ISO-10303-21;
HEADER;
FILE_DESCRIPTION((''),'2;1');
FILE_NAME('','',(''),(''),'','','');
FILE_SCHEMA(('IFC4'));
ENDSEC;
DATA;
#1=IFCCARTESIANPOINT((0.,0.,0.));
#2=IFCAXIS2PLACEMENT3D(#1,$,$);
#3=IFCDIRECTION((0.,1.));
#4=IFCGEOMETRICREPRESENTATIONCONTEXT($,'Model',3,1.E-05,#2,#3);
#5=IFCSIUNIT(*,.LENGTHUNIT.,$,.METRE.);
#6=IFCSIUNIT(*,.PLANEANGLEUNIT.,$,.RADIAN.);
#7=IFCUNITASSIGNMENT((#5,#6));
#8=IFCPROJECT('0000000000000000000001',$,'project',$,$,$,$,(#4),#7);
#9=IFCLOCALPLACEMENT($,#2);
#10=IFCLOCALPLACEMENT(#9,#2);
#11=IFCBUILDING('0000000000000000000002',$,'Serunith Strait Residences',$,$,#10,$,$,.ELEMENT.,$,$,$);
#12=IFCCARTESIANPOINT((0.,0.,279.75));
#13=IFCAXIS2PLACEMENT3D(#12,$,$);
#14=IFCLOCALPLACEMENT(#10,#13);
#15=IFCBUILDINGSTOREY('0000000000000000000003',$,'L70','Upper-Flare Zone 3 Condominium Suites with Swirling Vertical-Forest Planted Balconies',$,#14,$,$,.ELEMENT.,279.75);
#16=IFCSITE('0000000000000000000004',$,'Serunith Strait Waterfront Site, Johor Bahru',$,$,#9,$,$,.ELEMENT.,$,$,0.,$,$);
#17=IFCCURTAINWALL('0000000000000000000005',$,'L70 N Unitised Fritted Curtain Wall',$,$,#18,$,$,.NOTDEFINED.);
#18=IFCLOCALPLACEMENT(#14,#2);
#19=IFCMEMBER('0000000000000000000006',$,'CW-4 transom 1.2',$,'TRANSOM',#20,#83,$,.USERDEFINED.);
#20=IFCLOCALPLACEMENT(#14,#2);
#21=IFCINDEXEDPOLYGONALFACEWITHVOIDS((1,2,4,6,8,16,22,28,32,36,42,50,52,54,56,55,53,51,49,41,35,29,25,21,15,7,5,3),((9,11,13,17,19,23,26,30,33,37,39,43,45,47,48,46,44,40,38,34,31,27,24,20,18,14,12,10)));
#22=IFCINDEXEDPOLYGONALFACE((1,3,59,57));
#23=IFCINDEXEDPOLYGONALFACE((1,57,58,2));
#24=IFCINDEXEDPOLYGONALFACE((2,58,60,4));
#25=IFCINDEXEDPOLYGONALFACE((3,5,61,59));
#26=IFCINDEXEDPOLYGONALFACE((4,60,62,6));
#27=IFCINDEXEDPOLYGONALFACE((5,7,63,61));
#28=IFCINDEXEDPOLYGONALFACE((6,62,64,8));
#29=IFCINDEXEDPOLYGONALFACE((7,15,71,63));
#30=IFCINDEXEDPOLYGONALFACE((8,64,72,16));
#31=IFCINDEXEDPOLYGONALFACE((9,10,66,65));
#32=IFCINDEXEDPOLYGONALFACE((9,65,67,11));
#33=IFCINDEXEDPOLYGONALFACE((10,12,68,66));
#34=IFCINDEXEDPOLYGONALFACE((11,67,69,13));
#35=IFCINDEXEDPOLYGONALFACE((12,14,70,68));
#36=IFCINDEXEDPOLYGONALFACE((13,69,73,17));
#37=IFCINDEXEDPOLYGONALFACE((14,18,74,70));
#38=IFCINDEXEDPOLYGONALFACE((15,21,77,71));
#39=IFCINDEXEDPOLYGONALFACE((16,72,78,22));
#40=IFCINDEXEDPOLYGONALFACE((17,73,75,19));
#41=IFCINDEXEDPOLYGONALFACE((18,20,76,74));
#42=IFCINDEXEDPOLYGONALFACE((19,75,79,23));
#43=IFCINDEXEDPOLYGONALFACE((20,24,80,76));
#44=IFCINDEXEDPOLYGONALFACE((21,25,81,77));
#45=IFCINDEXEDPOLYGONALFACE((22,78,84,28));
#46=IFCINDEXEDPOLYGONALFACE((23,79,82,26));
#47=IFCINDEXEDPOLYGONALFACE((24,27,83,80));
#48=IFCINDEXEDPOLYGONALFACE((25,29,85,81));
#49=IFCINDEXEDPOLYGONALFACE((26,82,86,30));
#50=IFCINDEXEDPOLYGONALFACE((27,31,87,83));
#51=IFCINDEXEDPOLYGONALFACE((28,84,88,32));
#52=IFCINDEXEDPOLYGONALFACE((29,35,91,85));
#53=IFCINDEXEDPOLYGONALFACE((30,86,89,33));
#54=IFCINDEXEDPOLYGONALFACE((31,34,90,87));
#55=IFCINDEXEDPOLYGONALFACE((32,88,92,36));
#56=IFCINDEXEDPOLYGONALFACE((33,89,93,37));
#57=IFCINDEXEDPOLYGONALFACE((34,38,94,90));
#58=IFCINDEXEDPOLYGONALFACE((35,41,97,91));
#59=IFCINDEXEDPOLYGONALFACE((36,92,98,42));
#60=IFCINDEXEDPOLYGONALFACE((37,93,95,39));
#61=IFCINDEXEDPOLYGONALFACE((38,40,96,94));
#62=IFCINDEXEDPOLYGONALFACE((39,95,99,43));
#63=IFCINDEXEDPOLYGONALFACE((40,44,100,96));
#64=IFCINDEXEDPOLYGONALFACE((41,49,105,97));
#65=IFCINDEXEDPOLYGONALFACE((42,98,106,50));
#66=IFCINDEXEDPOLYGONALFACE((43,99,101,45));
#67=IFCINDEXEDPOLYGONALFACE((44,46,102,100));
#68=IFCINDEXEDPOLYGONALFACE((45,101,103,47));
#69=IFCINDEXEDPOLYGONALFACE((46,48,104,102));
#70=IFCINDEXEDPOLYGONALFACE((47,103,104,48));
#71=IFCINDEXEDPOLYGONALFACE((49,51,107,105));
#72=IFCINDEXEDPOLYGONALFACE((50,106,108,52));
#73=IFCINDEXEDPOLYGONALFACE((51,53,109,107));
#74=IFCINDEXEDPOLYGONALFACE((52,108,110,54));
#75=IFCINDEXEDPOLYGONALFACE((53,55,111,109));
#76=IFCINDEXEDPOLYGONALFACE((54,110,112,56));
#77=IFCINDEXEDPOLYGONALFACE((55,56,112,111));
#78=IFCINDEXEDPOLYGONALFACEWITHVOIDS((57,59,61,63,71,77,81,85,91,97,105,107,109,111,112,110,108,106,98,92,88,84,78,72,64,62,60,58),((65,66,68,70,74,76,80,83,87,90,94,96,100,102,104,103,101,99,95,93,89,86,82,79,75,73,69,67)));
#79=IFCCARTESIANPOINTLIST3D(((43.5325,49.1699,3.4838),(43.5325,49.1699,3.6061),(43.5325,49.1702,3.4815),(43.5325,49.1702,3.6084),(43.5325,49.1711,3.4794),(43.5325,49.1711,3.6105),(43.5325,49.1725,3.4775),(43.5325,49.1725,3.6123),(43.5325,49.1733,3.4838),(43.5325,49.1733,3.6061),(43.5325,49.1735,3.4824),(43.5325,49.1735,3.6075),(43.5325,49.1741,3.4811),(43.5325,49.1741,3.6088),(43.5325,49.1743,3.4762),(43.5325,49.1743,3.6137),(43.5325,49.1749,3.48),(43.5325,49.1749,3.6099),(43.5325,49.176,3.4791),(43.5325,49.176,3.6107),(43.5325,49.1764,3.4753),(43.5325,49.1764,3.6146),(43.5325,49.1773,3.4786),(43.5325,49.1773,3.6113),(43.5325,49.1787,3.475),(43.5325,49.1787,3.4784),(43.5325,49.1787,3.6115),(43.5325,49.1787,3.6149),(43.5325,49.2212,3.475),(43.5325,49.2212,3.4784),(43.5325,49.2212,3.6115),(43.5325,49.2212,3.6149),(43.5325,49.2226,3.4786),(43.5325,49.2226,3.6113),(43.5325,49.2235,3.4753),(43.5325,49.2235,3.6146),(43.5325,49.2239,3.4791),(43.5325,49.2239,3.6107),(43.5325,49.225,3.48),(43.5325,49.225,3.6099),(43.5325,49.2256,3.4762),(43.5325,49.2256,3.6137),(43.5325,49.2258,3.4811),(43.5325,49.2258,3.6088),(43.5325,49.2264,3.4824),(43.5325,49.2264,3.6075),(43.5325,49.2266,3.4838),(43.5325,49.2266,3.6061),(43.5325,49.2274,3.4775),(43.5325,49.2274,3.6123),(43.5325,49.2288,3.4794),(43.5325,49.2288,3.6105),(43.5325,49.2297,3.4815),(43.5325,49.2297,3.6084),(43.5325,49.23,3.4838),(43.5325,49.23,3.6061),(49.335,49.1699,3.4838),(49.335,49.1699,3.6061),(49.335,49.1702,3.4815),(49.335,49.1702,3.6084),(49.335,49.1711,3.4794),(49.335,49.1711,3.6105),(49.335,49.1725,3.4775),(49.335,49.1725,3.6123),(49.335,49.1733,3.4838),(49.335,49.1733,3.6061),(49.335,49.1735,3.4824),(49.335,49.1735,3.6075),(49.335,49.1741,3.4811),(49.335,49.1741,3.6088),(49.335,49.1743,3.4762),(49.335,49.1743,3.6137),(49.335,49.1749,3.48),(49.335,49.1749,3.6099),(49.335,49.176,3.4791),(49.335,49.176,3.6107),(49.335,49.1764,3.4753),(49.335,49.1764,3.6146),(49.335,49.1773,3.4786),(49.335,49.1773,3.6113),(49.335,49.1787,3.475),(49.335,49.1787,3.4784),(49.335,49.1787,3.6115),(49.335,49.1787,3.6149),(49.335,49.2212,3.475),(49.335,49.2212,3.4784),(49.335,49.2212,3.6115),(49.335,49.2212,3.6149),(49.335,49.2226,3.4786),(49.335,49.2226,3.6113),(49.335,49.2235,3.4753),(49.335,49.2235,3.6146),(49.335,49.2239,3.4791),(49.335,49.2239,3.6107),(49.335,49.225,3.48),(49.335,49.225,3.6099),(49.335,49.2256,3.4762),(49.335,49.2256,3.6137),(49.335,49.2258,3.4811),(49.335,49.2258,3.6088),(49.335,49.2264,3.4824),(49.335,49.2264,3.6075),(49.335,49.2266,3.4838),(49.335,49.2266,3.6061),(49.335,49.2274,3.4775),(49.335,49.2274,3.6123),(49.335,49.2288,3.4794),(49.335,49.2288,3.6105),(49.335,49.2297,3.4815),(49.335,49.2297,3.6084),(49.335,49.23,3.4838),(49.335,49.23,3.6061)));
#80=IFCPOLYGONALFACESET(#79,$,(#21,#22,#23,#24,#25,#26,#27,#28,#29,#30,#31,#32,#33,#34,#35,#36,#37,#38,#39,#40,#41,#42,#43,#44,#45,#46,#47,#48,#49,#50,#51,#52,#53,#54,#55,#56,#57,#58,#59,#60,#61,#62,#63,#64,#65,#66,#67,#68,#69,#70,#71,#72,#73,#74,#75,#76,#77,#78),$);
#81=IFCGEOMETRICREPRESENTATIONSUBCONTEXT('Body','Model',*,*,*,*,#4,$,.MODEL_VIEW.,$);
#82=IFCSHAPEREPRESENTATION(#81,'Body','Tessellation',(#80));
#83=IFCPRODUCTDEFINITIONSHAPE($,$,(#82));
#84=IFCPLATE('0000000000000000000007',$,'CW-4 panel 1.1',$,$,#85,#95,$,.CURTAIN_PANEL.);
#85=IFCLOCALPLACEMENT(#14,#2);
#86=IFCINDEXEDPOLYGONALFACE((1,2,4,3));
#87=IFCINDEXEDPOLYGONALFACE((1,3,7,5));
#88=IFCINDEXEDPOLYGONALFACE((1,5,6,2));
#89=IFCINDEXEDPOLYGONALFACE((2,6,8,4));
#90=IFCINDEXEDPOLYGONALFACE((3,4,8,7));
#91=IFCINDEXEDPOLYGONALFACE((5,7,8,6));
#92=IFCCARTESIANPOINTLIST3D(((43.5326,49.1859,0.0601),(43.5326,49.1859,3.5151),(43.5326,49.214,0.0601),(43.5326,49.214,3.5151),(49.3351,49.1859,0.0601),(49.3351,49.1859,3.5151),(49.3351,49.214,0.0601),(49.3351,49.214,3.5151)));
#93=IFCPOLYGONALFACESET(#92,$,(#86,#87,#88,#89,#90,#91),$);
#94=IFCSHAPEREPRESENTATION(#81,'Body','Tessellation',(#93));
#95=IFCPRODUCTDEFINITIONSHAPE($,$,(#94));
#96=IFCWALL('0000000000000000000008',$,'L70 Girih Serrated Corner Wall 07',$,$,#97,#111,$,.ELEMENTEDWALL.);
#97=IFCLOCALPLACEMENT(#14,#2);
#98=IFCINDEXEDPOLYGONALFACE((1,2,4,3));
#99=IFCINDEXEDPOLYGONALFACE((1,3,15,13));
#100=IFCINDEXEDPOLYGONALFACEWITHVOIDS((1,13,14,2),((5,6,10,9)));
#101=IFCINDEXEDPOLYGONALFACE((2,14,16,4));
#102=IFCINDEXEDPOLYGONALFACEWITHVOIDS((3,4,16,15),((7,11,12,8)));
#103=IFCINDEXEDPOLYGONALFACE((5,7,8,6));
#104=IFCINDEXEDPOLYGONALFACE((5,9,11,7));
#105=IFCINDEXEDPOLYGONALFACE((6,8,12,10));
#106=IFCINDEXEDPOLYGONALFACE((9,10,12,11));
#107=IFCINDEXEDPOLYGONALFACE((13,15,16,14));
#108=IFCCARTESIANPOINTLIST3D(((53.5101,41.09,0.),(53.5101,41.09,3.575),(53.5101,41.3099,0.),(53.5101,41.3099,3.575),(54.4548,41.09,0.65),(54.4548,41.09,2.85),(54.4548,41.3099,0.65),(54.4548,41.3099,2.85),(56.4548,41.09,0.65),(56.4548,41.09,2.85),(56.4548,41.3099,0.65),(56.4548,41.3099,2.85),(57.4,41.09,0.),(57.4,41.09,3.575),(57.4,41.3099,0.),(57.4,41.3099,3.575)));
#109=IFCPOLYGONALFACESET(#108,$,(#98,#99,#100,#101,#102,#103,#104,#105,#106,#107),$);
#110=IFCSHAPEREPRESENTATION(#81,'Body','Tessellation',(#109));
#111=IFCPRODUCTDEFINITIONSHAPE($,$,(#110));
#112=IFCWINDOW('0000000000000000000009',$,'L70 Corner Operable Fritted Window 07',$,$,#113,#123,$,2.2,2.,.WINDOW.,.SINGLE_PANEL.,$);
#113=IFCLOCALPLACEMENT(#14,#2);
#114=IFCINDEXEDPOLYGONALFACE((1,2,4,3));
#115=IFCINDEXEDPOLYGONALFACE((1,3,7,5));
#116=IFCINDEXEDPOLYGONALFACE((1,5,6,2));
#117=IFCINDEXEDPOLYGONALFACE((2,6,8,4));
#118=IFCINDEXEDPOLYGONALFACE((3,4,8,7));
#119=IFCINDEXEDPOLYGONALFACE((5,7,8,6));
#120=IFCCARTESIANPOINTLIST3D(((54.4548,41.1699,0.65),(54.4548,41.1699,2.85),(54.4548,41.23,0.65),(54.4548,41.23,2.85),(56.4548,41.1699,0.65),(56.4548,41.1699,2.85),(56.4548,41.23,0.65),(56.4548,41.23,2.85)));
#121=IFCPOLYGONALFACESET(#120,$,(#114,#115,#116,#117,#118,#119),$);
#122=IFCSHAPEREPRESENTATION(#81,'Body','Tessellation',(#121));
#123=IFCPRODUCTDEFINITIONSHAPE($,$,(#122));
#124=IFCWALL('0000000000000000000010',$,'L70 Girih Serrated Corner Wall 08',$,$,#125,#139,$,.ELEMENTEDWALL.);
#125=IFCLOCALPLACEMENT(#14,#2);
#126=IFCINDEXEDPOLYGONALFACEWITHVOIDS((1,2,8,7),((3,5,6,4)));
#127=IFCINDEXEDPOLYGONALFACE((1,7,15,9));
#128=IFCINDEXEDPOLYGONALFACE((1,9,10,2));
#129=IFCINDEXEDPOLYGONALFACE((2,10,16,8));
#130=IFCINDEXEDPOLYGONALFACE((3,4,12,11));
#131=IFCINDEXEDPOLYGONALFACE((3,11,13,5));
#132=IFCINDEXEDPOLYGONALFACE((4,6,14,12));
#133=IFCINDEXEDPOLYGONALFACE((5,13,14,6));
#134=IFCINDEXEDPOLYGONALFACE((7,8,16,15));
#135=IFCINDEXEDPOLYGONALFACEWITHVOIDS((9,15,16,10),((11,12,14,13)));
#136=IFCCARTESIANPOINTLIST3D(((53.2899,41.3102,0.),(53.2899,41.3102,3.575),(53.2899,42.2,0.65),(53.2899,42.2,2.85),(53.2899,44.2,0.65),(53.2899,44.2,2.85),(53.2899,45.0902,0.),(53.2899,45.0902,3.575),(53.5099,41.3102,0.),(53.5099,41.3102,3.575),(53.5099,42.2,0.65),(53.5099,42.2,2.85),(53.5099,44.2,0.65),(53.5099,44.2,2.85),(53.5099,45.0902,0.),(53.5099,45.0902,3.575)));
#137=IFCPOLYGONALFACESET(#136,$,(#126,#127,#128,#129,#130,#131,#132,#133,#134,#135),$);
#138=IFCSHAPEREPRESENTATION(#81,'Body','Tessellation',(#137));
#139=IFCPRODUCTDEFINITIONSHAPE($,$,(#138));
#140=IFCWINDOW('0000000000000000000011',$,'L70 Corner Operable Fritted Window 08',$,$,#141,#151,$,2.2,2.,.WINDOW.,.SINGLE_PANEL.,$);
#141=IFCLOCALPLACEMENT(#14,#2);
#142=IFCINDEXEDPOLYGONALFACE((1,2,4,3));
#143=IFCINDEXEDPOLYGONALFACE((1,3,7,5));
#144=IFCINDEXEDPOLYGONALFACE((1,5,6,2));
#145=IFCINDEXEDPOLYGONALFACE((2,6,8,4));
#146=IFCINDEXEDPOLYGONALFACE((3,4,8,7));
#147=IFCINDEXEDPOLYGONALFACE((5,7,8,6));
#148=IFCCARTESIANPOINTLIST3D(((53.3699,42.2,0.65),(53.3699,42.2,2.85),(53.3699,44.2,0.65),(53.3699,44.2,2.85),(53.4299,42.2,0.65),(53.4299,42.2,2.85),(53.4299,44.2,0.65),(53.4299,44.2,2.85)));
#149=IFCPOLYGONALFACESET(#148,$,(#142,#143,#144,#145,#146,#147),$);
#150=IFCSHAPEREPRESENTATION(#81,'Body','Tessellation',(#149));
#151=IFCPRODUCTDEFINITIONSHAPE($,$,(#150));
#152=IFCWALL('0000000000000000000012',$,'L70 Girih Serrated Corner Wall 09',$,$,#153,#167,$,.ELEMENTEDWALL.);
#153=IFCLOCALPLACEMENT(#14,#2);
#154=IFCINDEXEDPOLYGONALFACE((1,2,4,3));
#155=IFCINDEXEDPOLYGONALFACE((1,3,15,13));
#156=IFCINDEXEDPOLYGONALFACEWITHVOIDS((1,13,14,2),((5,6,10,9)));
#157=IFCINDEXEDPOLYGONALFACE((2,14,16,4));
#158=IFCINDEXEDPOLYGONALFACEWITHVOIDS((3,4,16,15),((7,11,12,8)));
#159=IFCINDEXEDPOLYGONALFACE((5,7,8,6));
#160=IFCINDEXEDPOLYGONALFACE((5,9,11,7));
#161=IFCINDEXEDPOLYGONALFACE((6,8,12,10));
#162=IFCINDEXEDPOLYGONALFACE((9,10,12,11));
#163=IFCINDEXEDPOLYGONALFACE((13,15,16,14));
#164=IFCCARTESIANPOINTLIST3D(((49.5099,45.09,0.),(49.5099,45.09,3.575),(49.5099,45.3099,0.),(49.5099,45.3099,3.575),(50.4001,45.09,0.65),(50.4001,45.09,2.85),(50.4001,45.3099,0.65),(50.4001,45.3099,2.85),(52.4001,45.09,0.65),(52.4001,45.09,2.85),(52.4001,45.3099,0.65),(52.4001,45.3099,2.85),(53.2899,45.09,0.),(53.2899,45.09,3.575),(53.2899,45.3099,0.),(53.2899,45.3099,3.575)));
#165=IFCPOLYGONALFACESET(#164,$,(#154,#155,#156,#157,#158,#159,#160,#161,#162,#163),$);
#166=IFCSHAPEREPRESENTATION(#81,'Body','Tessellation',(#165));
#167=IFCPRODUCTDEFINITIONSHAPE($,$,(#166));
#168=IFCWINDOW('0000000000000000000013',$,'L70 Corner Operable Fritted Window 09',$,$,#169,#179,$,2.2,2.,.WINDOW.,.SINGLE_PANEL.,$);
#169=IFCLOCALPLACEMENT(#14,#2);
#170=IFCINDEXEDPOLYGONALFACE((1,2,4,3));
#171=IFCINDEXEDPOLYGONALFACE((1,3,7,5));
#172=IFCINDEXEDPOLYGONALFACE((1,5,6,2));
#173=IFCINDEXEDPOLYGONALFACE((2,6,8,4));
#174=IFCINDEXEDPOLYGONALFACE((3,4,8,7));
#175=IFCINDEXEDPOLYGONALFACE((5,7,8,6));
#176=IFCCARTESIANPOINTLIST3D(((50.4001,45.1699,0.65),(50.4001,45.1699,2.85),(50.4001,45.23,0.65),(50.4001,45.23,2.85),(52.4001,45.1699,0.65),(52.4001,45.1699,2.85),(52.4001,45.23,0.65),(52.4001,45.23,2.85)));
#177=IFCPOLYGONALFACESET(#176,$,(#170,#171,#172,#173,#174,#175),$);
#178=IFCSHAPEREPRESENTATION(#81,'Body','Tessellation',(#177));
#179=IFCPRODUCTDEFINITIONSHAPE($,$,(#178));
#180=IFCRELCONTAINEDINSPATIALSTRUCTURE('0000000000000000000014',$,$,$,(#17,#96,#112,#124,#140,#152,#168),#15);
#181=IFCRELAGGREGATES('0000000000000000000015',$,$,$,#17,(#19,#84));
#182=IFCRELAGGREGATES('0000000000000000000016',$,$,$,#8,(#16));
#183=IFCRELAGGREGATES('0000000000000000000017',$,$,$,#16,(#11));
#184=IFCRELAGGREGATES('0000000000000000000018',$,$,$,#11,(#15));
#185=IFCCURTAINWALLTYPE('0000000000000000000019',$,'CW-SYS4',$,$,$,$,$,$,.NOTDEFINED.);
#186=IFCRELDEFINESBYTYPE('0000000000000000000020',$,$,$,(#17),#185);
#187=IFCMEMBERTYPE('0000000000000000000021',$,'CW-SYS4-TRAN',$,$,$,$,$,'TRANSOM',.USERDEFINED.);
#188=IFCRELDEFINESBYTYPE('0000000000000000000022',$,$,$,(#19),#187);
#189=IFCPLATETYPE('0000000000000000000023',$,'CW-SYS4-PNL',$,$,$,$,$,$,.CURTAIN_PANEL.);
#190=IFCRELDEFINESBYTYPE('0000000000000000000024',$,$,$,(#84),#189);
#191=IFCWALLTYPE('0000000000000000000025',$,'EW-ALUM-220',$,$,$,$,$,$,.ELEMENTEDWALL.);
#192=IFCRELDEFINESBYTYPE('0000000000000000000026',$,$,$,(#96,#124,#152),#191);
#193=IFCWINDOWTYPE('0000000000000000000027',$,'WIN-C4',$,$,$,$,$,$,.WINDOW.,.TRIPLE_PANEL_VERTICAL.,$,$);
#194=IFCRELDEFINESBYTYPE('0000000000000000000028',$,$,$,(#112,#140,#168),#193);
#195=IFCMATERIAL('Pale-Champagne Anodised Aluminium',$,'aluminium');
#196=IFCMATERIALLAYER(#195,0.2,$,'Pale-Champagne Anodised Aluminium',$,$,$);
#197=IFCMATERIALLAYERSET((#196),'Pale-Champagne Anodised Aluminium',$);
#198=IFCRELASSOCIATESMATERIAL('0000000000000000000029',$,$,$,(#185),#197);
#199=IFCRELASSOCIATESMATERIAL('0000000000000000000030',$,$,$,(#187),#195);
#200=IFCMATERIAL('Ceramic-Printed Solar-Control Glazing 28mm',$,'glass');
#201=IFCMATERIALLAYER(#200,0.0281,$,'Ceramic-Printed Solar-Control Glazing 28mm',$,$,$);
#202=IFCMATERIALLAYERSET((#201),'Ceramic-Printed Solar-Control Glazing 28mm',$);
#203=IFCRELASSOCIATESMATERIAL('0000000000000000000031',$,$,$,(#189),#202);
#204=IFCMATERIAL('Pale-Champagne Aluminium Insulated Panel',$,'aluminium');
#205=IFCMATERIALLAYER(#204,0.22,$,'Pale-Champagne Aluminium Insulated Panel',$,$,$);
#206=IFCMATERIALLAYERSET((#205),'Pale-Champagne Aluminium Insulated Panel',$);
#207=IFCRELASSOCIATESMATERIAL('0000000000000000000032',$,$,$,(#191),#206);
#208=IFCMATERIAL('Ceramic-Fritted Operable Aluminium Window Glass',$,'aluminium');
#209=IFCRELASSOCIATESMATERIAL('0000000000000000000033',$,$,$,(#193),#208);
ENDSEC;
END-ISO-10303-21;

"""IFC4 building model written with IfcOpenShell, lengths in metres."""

from ifc_helpers import new_model, si_unit, direction, frame, frame_2d, origin, origin_2d, place, context, subcontext, project, spatial, rectangle, hollow_rectangle, extrude, source, transform, mapped, material, layer, layer_set, material_profile, profile_set, type_object, element, fill, aggregate, save


model = new_model("IFC4")

# Units and contexts
model_context = context("Model", 3, precision=1e-05, world=origin(), true_north=direction((0.0, 1.0)))
body_context = subcontext(model_context, "Body", "Model", "MODEL_VIEW")
ifc_project = project(units=[si_unit("LENGTHUNIT", "METRE"), si_unit("PLANEANGLEUNIT", "RADIAN")], contexts=[model_context])

# Site, building, storey
site_placement = place(None, origin())
site = spatial("IfcSite", under=ifc_project, at=site_placement, Name="Serunith Strait Waterfront Site, Johor Bahru", CompositionType="ELEMENT", RefElevation=0.0)
building_placement = place(site_placement, origin())
building = spatial("IfcBuilding", under=site, at=building_placement, Name="Serunith Strait Residences", CompositionType="ELEMENT")
storey_placement = place(building_placement, frame((0.0, 0.0, 279.75)))
storey = spatial("IfcBuildingStorey", under=building, at=storey_placement, Name="L70", Description="Upper-Flare Zone 3 Condominium Suites with Swirling Vertical-Forest Planted Balconies", CompositionType="ELEMENT", Elevation=279.75)

# Shared definitions
ifc_material_1 = material(Name="Pale-Champagne Anodised Aluminium", Category="aluminium")
ifc_layer_1 = layer(ifc_material_1, 0.2, Name="Pale-Champagne Anodised Aluminium")
ifc_layer_set_1 = layer_set([ifc_layer_1], Name="Pale-Champagne Anodised Aluminium")
curtain_wall_type = type_object("IfcCurtainWallType", Name="CW-SYS4", PredefinedType="NOTDEFINED", material=ifc_layer_set_1)

# Curtain wall, member, plate
curtain_wall_1_placement = place(storey_placement, origin())
curtain_wall_1 = element("IfcCurtainWall", 1, at=curtain_wall_1_placement, inside=storey, type_object=curtain_wall_type, Name="L70 N Unitised Fritted Curtain Wall", PredefinedType="NOTDEFINED")
ifc_material_profile_1 = material_profile(ifc_material_1, hollow_rectangle(XDim=0.0601, YDim=0.1399, WallThickness=0.0034, InnerFilletRadius=0.0054, OuterFilletRadius=0.0088, at=origin_2d()), Name="ALU 140x60x3.5")
ifc_profile_set_1 = profile_set([ifc_material_profile_1], Name="Pale-Champagne Anodised Aluminium")
member_type_1 = type_object("IfcMemberType", Name="CW-SYS4-TRAN", ElementType="TRANSOM", PredefinedType="USERDEFINED", material=ifc_profile_set_1)
shared_shape_1 = source(origin(), body_context, "Body", "SweptSolid", [
    extrude(hollow_rectangle(XDim=0.0601, YDim=0.1399, WallThickness=0.0034, InnerFilletRadius=0.0054, OuterFilletRadius=0.0088, at=origin_2d()), origin(), (0.0, 0.0, 1.0), 5.8025),
])
member_1_placement = place(storey_placement, frame((49.335, 49.2, 3.5449), z_axis=(-1.0, 0.0, 0.0), x_axis=(0.0, -1.0, 0.0)))
member_1 = element("IfcMember", 2, at=member_1_placement, type_object=member_type_1, Name="CW-4 transom 1.2", ObjectType="TRANSOM", PredefinedType="USERDEFINED", context=body_context, shape_type="MappedRepresentation", body=[
    mapped(shared_shape_1, transform((0.0, 0.0, 0.0), scale=1.0)),
])
ifc_material_2 = material(Name="Ceramic-Printed Solar-Control Glazing 28mm", Category="glass")
ifc_layer_2 = layer(ifc_material_2, 0.0281, Name="Ceramic-Printed Solar-Control Glazing 28mm")
ifc_layer_set_2 = layer_set([ifc_layer_2], Name="Ceramic-Printed Solar-Control Glazing 28mm")
plate_type = type_object("IfcPlateType", Name="CW-SYS4-PNL", PredefinedType="CURTAIN_PANEL", material=ifc_layer_set_2)
shared_shape_2 = source(origin(), body_context, "Body", "SweptSolid", [
    extrude(rectangle(XDim=5.8025, YDim=0.0281, at=origin_2d()), origin(), (0.0, 0.0, 1.0), 3.4551),
])
plate_placement = place(storey_placement, frame((46.4338, 49.2, 0.0601), z_axis=(0.0, 0.0, 1.0), x_axis=(-1.0, 0.0, 0.0)))
plate = element("IfcPlate", 3, at=plate_placement, type_object=plate_type, Name="CW-4 panel 1.1", PredefinedType="CURTAIN_PANEL", context=body_context, shape_type="MappedRepresentation", body=[
    mapped(shared_shape_2, transform((0.0, 0.0, 0.0), scale=1.0)),
])
aggregate(curtain_wall_1, [member_1, plate])

# Walls, openings, windows
ifc_material_3 = material(Name="Pale-Champagne Aluminium Insulated Panel", Category="aluminium")
ifc_layer_3 = layer(ifc_material_3, 0.22, Name="Pale-Champagne Aluminium Insulated Panel")
ifc_layer_set_3 = layer_set([ifc_layer_3], Name="Pale-Champagne Aluminium Insulated Panel")
wall_type_1 = type_object("IfcWallType", Name="EW-ALUM-220", PredefinedType="ELEMENTEDWALL", material=ifc_layer_set_3)
wall_1_placement = place(storey_placement, frame((57.3999, 41.2, 0.0), z_axis=(0.0, 0.0, 1.0), x_axis=(-1.0, 0.0, 0.0)))
wall_1 = element("IfcWall", 4, at=wall_1_placement, inside=storey, type_object=wall_type_1, Name="L70 Girih Serrated Corner Wall 07", PredefinedType="ELEMENTEDWALL", context=body_context, shape_type="SweptSolid", body=[
    extrude(rectangle(XDim=3.8899, YDim=0.22, at=frame_2d((1.9448, 0.0))), origin(), (0.0, 0.0, 1.0), 3.575),
])
opening_1_placement = place(wall_1_placement, frame((0.9451, 0.0, 0.6499)))
opening_1 = element("IfcOpeningElement", 5, at=opening_1_placement, cuts=wall_1, PredefinedType="OPENING", context=body_context, shape_type="SweptSolid", body=[
    extrude(rectangle(XDim=2.0, YDim=2.2, at=frame_2d((1.0, 1.1001))), frame((0.0, 0.1201, 0.0), z_axis=(0.0, -1.0, 0.0), x_axis=(1.0, 0.0, 0.0)), (0.0, 0.0, 1.0), 0.24),
])
ifc_material_4 = material(Name="Ceramic-Fritted Operable Aluminium Window Glass", Category="aluminium")
window_type = type_object("IfcWindowType", Name="WIN-C4", PartitioningType="TRIPLE_PANEL_VERTICAL", PredefinedType="WINDOW", material=ifc_material_4)
shared_shape_3 = source(origin(), body_context, "Body", "SweptSolid", [
    extrude(rectangle(XDim=2.0, YDim=2.2, at=frame_2d((1.0, 1.1001))), frame((0.0, 0.03, 0.0), z_axis=(0.0, -1.0, 0.0), x_axis=(1.0, 0.0, 0.0)), (0.0, 0.0, 1.0), 0.0601),
])
window_1_placement = place(opening_1_placement, origin())
window_1 = element("IfcWindow", 6, at=window_1_placement, inside=storey, type_object=window_type, Name="L70 Corner Operable Fritted Window 07", OverallHeight=2.2, OverallWidth=2.0, PartitioningType="SINGLE_PANEL", PredefinedType="WINDOW", context=body_context, shape_type="MappedRepresentation", body=[
    mapped(shared_shape_3, transform((0.0, 0.0, 0.0), scale=1.0)),
])
fill(opening_1, window_1)
wall_2_placement = place(storey_placement, frame((53.3999, 41.3101, 0.0), z_axis=(0.0, 0.0, 1.0), x_axis=(0.0, 1.0, 0.0)))
wall_2 = element("IfcWall", 7, at=wall_2_placement, inside=storey, type_object=wall_type_1, Name="L70 Girih Serrated Corner Wall 08", PredefinedType="ELEMENTEDWALL", context=body_context, shape_type="SweptSolid", body=[
    extrude(rectangle(XDim=3.78, YDim=0.22, at=frame_2d((1.8901, 0.0))), origin(), (0.0, 0.0, 1.0), 3.575),
])
opening_2_placement = place(wall_2_placement, frame((0.8899, 0.0, 0.6499)))
opening_2 = element("IfcOpeningElement", 8, at=opening_2_placement, cuts=wall_2, PredefinedType="OPENING", context=body_context, shape_type="SweptSolid", body=[
    extrude(rectangle(XDim=2.0, YDim=2.2, at=frame_2d((1.0, 1.1001))), frame((0.0, 0.1201, 0.0), z_axis=(0.0, -1.0, 0.0), x_axis=(1.0, 0.0, 0.0)), (0.0, 0.0, 1.0), 0.24),
])
window_2_placement = place(opening_2_placement, origin())
window_2 = element("IfcWindow", 9, at=window_2_placement, inside=storey, type_object=window_type, Name="L70 Corner Operable Fritted Window 08", OverallHeight=2.2, OverallWidth=2.0, PartitioningType="SINGLE_PANEL", PredefinedType="WINDOW", context=body_context, shape_type="MappedRepresentation", body=[
    mapped(shared_shape_3, transform((0.0, 0.0, 0.0), scale=1.0)),
])
fill(opening_2, window_2)
wall_3_placement = place(storey_placement, frame((53.29, 45.2, 0.0), z_axis=(0.0, 0.0, 1.0), x_axis=(-1.0, 0.0, 0.0)))
wall_3 = element("IfcWall", 10, at=wall_3_placement, inside=storey, type_object=wall_type_1, Name="L70 Girih Serrated Corner Wall 09", PredefinedType="ELEMENTEDWALL", context=body_context, shape_type="SweptSolid", body=[
    extrude(rectangle(XDim=3.78, YDim=0.22, at=frame_2d((1.8901, 0.0))), origin(), (0.0, 0.0, 1.0), 3.575),
])
opening_3_placement = place(wall_3_placement, frame((0.8899, 0.0, 0.6499)))
opening_3 = element("IfcOpeningElement", 11, at=opening_3_placement, cuts=wall_3, PredefinedType="OPENING", context=body_context, shape_type="SweptSolid", body=[
    extrude(rectangle(XDim=2.0, YDim=2.2, at=frame_2d((1.0, 1.1001))), frame((0.0, 0.1201, 0.0), z_axis=(0.0, -1.0, 0.0), x_axis=(1.0, 0.0, 0.0)), (0.0, 0.0, 1.0), 0.24),
])
window_3_placement = place(opening_3_placement, origin())
window_3 = element("IfcWindow", 12, at=window_3_placement, inside=storey, type_object=window_type, Name="L70 Corner Operable Fritted Window 09", OverallHeight=2.2, OverallWidth=2.0, PartitioningType="SINGLE_PANEL", PredefinedType="WINDOW", context=body_context, shape_type="MappedRepresentation", body=[
    mapped(shared_shape_3, transform((0.0, 0.0, 0.0), scale=1.0)),
])
fill(opening_3, window_3)

save(model, "model.ifc")
